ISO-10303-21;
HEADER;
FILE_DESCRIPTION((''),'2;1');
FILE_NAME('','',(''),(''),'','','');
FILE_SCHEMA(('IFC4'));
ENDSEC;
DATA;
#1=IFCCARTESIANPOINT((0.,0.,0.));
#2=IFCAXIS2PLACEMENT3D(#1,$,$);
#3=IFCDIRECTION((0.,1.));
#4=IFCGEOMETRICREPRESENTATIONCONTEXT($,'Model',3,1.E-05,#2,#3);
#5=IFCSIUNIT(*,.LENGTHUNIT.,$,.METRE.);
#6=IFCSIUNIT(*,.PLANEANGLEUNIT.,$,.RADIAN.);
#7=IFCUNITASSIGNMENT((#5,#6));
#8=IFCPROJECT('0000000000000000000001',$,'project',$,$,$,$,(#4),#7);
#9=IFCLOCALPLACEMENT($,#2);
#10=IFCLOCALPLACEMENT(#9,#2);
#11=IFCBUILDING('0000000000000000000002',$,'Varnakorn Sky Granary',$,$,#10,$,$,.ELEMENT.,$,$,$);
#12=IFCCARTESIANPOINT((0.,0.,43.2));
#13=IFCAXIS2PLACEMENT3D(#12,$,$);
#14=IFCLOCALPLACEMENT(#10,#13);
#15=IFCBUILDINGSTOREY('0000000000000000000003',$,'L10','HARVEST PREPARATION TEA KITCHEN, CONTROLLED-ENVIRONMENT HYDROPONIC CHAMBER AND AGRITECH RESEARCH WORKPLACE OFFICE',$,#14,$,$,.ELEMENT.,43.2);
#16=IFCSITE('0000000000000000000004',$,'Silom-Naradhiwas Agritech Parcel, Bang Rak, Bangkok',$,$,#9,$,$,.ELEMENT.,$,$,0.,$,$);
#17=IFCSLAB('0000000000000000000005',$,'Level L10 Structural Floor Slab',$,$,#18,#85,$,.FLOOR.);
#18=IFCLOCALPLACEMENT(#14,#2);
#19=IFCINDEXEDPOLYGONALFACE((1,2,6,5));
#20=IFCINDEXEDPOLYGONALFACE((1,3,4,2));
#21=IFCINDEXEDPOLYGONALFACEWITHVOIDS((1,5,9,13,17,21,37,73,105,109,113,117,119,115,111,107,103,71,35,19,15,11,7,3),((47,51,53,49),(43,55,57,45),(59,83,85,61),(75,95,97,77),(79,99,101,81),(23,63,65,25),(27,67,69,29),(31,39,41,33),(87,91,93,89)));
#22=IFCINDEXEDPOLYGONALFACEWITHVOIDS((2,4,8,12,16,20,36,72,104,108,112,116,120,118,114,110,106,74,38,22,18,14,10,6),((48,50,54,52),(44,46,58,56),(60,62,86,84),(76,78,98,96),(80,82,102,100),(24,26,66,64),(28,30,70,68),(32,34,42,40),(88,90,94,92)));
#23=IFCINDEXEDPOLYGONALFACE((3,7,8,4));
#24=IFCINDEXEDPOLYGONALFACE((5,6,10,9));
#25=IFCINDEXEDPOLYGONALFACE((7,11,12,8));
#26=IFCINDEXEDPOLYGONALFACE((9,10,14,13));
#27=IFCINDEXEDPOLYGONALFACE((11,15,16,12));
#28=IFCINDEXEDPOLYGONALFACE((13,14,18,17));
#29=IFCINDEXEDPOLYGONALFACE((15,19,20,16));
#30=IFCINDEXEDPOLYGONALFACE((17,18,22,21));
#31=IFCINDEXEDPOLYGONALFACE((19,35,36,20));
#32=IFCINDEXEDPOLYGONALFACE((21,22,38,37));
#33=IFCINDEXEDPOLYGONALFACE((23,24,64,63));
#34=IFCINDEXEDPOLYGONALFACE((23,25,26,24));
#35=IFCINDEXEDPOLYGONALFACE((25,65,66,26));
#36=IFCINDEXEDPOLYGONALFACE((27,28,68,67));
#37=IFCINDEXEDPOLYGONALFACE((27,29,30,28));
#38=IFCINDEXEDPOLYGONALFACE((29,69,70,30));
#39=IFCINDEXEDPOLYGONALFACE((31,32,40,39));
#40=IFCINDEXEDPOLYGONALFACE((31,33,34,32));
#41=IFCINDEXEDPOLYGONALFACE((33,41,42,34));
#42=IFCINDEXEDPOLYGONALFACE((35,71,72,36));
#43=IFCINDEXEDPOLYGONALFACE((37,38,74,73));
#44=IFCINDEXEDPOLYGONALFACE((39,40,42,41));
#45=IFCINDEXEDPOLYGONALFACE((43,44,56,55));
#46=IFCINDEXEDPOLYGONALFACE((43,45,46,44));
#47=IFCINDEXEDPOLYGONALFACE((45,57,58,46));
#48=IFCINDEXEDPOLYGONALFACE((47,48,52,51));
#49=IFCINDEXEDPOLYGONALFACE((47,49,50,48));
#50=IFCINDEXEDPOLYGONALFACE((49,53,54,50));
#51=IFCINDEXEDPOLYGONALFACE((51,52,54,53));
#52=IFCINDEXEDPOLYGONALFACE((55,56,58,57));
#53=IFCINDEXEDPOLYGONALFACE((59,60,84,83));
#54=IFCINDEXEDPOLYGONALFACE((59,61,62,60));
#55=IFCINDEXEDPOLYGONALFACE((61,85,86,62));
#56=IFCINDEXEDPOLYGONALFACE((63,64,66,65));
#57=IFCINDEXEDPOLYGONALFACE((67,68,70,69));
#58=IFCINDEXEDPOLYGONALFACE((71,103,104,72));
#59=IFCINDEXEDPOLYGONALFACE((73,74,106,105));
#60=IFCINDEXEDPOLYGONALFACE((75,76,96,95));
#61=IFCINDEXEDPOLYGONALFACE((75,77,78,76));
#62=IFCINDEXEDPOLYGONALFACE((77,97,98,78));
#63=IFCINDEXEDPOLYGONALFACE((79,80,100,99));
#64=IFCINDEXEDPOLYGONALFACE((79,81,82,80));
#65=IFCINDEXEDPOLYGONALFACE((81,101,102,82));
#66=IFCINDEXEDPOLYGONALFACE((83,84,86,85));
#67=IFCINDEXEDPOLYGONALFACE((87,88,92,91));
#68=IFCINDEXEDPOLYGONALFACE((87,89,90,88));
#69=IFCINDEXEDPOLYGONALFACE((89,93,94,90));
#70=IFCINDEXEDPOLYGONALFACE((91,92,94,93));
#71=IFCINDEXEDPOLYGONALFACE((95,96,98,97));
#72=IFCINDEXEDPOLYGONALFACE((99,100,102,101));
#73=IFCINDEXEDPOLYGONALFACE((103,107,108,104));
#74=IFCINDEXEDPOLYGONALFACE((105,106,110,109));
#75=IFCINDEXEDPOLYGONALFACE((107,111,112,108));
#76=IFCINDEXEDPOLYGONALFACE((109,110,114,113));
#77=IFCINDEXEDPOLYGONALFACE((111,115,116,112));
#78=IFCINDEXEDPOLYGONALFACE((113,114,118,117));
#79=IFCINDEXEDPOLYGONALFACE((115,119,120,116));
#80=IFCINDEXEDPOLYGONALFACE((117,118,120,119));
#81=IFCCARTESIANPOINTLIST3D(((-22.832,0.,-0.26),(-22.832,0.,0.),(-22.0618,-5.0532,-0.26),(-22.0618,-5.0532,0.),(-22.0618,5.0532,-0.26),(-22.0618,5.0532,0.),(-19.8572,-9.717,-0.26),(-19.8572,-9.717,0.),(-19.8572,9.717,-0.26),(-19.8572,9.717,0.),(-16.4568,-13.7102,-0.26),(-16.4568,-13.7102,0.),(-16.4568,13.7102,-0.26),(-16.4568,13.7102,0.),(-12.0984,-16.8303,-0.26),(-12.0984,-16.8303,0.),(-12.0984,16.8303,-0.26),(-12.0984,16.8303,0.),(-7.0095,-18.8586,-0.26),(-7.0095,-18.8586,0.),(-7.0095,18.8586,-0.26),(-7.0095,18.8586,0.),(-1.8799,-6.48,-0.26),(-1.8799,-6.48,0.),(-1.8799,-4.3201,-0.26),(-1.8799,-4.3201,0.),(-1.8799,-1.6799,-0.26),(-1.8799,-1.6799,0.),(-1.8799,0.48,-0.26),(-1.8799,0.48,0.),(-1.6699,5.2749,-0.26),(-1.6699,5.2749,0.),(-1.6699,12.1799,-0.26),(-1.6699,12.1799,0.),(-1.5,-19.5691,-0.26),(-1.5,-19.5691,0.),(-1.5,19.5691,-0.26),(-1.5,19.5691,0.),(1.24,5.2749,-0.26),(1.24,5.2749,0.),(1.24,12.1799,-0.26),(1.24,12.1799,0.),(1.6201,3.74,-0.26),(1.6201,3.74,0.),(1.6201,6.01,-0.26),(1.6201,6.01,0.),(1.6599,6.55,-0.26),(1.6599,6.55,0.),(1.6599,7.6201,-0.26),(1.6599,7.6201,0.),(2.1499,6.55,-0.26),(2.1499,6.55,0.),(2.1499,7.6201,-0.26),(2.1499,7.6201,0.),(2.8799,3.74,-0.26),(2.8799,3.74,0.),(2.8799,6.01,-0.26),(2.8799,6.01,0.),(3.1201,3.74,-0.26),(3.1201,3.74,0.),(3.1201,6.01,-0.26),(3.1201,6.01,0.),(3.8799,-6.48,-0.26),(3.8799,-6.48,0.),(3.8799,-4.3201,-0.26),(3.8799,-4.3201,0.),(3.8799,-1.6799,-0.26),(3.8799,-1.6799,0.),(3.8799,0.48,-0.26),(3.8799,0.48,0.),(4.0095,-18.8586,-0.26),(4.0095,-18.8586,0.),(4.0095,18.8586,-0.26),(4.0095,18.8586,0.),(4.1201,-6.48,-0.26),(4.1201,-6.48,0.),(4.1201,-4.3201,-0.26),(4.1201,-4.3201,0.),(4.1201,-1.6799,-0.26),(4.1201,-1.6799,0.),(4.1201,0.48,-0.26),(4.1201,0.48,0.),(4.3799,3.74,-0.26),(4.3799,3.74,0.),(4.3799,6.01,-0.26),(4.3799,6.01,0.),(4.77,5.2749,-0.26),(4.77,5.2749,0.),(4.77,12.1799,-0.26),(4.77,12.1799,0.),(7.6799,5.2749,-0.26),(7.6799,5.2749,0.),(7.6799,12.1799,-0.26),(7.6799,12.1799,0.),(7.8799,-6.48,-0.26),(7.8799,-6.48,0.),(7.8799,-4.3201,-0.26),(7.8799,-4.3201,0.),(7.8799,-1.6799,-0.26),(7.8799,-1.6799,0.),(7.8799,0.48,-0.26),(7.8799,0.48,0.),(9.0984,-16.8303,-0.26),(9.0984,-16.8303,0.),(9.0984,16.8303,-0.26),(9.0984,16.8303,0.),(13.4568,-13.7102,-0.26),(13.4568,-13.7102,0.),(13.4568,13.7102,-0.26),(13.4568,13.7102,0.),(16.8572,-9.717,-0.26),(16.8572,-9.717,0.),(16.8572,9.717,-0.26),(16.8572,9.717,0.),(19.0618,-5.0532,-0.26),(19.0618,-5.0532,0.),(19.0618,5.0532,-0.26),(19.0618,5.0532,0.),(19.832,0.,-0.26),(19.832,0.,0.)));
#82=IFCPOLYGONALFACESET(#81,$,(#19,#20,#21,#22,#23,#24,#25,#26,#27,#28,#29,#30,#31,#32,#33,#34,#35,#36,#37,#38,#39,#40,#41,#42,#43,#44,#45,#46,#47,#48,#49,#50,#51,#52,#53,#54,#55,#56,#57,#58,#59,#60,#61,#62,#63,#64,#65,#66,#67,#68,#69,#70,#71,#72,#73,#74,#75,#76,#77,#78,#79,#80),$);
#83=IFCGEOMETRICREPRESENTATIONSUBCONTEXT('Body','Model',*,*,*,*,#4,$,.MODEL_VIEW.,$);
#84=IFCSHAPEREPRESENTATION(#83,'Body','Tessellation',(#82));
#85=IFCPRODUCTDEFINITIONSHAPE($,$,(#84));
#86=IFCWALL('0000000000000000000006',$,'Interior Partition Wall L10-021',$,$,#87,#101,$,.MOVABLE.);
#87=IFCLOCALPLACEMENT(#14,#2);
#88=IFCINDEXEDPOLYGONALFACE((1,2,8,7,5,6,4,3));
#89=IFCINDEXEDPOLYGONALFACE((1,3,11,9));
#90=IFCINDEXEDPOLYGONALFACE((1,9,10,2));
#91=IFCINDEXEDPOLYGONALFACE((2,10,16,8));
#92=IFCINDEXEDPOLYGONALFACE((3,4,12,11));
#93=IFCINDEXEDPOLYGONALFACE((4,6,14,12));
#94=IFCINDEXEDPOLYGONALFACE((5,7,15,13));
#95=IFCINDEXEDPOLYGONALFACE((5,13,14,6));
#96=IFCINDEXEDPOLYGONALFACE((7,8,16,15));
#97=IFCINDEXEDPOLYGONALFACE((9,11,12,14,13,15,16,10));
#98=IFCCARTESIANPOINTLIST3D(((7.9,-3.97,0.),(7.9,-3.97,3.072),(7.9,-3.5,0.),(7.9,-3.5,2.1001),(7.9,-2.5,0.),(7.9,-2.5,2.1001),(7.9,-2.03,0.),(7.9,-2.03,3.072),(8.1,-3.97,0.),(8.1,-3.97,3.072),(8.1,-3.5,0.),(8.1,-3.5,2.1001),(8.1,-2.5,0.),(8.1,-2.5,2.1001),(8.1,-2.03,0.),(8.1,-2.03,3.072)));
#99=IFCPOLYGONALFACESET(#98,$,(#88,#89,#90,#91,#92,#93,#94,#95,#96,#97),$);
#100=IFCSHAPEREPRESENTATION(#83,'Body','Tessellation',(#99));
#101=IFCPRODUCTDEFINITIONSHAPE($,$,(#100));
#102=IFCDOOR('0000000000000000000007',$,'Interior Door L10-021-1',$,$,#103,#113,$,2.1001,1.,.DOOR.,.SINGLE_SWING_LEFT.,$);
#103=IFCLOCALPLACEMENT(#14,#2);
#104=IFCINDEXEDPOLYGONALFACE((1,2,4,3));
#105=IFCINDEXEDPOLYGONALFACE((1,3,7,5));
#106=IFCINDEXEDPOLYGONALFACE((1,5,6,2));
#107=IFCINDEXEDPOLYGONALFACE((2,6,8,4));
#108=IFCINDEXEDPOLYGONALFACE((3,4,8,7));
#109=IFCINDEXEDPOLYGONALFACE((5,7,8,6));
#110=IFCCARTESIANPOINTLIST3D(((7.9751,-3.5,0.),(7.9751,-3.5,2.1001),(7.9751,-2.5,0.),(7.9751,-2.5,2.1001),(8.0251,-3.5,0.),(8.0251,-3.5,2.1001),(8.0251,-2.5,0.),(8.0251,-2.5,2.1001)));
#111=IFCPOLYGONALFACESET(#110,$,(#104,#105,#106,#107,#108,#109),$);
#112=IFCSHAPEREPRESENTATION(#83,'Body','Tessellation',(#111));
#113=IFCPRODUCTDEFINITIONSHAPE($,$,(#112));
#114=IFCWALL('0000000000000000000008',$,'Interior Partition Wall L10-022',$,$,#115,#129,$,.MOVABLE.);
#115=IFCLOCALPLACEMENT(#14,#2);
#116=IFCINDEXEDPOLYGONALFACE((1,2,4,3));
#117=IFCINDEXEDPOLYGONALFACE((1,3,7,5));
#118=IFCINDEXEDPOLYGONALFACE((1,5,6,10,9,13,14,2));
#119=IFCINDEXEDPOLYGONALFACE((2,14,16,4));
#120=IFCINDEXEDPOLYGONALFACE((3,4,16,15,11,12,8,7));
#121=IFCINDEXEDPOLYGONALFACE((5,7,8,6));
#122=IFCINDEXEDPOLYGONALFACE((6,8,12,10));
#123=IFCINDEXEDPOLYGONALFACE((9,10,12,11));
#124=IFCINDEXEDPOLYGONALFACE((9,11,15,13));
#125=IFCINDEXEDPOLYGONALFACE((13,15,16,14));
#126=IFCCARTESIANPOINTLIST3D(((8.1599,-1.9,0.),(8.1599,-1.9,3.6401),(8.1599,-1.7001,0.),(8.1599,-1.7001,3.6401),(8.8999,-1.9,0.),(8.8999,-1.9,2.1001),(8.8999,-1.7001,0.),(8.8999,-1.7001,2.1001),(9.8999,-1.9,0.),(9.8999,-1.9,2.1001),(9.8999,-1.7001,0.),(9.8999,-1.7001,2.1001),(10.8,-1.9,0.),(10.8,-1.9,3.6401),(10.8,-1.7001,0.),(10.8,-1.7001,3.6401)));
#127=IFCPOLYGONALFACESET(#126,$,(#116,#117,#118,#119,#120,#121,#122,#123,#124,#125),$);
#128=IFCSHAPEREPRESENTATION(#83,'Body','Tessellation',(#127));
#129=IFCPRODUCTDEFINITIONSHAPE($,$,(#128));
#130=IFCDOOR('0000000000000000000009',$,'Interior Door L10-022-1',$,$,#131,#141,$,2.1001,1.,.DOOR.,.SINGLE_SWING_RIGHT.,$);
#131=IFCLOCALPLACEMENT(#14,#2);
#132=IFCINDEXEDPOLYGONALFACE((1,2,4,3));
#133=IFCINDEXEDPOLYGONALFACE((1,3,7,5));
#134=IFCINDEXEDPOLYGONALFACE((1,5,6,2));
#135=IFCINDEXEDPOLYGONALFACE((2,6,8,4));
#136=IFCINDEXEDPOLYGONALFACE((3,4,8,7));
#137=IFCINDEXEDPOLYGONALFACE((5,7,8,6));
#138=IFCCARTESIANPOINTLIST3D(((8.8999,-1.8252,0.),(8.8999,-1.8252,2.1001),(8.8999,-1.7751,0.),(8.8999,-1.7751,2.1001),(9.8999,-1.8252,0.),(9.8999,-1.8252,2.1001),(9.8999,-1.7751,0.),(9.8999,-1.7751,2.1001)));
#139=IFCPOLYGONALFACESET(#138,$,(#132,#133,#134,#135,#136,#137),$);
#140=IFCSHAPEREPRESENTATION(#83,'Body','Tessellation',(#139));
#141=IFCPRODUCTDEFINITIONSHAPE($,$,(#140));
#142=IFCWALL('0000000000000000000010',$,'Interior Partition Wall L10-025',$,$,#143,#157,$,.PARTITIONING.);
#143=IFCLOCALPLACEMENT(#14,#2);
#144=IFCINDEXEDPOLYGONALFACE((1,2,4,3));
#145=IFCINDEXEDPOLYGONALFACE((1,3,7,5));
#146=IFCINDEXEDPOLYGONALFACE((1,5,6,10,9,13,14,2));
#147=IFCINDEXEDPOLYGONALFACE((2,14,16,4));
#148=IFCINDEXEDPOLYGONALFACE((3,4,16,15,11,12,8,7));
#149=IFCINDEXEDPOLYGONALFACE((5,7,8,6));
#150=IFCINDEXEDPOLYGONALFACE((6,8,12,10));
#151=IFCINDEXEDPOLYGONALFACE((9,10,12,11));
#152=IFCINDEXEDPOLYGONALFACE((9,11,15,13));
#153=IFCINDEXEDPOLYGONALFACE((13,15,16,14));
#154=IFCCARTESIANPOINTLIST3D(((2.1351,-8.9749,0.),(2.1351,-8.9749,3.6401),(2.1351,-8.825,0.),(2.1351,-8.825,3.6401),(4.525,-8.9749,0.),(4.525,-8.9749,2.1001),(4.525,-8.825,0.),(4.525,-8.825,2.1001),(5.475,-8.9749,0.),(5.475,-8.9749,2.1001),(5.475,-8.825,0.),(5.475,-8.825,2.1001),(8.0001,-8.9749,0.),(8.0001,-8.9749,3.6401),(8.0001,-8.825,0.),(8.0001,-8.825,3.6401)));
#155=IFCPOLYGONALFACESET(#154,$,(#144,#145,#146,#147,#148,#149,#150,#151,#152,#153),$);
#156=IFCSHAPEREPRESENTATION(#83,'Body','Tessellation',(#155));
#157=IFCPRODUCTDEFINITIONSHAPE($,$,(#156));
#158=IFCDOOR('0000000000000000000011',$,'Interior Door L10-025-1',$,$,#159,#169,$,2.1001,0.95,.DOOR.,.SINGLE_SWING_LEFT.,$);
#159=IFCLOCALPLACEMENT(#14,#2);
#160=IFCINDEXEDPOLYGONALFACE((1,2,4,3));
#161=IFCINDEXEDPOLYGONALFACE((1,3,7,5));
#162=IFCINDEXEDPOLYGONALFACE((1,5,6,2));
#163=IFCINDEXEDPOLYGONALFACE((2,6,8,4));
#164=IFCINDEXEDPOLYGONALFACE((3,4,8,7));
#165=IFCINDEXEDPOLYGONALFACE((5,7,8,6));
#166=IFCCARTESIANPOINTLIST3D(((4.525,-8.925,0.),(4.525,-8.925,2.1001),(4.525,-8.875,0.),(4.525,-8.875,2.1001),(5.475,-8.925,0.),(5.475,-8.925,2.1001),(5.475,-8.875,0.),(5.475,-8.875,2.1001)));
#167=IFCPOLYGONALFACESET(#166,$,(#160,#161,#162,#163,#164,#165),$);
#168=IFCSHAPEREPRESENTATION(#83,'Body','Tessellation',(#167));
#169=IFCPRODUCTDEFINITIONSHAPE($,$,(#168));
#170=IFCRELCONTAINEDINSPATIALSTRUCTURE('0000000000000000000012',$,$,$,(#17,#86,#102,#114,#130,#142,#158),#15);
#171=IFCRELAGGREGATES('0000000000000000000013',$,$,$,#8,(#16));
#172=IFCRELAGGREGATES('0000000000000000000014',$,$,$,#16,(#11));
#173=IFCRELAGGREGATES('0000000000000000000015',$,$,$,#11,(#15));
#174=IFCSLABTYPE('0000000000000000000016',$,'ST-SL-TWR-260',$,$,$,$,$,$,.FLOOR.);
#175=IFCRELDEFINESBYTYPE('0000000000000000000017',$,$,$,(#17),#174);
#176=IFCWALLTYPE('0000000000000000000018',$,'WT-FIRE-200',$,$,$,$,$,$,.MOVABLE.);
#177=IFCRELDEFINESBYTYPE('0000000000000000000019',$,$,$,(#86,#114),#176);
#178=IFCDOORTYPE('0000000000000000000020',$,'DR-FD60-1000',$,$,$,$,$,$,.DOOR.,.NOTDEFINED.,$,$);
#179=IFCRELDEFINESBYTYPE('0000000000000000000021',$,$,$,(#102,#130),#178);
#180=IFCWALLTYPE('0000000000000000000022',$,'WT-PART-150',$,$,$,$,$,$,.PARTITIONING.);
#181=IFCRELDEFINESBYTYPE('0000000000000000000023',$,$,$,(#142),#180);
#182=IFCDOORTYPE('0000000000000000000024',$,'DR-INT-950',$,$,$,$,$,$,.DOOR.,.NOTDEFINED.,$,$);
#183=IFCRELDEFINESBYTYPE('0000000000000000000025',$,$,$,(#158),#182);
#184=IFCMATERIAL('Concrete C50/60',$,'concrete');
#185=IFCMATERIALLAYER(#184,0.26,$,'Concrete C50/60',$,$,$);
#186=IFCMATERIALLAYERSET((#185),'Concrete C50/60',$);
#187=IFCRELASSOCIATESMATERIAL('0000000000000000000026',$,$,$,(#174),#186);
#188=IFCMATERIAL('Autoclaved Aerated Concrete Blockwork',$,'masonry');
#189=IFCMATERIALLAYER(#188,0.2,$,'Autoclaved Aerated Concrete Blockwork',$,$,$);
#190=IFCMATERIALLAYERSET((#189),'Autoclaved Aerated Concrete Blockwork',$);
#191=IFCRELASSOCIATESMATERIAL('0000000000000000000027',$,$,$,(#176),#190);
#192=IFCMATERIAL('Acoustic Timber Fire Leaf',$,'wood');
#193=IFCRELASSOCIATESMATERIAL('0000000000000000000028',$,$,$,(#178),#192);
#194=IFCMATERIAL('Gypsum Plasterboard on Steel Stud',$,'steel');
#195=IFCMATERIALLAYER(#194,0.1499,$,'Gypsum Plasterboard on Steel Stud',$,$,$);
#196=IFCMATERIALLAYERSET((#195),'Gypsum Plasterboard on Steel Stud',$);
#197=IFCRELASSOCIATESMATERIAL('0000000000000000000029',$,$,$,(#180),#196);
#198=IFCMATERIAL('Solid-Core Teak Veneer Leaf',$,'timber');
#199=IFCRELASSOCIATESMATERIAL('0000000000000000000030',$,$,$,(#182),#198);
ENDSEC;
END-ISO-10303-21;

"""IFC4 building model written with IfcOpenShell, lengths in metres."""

from ifc_helpers import new_model, si_unit, direction, frame, frame_2d, origin, place, context, subcontext, project, spatial, polyline, rectangle, outline, extrude, material, layer, layer_set, type_object, element, fill, save


model = new_model("IFC4")

# Units and contexts
model_context = context("Model", 3, precision=1e-05, world=origin(), true_north=direction((0.0, 1.0)))
body_context = subcontext(model_context, "Body", "Model", "MODEL_VIEW")
ifc_project = project(units=[si_unit("LENGTHUNIT", "METRE"), si_unit("PLANEANGLEUNIT", "RADIAN")], contexts=[model_context])

# Site, building, storey
site_placement = place(None, origin())
site = spatial("IfcSite", under=ifc_project, at=site_placement, Name="Silom-Naradhiwas Agritech Parcel, Bang Rak, Bangkok", CompositionType="ELEMENT", RefElevation=0.0)
building_placement = place(site_placement, origin())
building = spatial("IfcBuilding", under=site, at=building_placement, Name="Varnakorn Sky Granary", CompositionType="ELEMENT")
storey_placement = place(building_placement, frame((0.0, 0.0, 43.2)))
storey = spatial("IfcBuildingStorey", under=building, at=storey_placement, Name="L10", Description="HARVEST PREPARATION TEA KITCHEN, CONTROLLED-ENVIRONMENT HYDROPONIC CHAMBER AND AGRITECH RESEARCH WORKPLACE OFFICE", CompositionType="ELEMENT", Elevation=43.2)

# Slab
ifc_material_1 = material(Name="Concrete C50/60", Category="concrete")
ifc_layer_1 = layer(ifc_material_1, 0.26, Name="Concrete C50/60")
ifc_layer_set_1 = layer_set([ifc_layer_1], Name="Concrete C50/60")
slab_type_1 = type_object("IfcSlabType", Name="ST-SL-TWR-260", PredefinedType="FLOOR", material=ifc_layer_set_1)
slab_1_placement = place(storey_placement, frame((0.0, 0.0, -0.26)))
element("IfcSlab", 1, at=slab_1_placement, inside=storey, type_object=slab_type_1, Name="Level L10 Structural Floor Slab", PredefinedType="FLOOR", context=body_context, shape_type="SweptSolid", body=[
    extrude(outline(polyline([(19.832, 0.0), (19.0618, 5.0532), (16.8572, 9.717), (13.4568, 13.7102), (9.0984, 16.8303), (4.0095, 18.8586), (-1.5, 19.5691), (-7.0095, 18.8586), (-12.0984, 16.8303), (-16.4568, 13.7102), (-19.8572, 9.717), (-22.0618, 5.0532), (-22.832, 0.0), (-22.0618, -5.0532), (-19.8572, -9.717), (-16.4568, -13.7102), (-12.0984, -16.8303), (-7.0095, -18.8586), (-1.5, -19.5691), (4.0095, -18.8586), (9.0984, -16.8303), (13.4568, -13.7102), (16.8572, -9.717), (19.0618, -5.0532), (19.832, 0.0)]), holes=[polyline([(1.24, 5.2749), (1.24, 12.1799), (-1.6699, 12.1799), (-1.6699, 5.2749), (1.24, 5.2749)]), polyline([(7.6799, 5.2749), (7.6799, 12.1799), (4.77, 12.1799), (4.77, 5.2749), (7.6799, 5.2749)]), polyline([(1.6599, 6.55), (2.1499, 6.55), (2.1499, 7.6201), (1.6599, 7.6201), (1.6599, 6.55)]), polyline([(1.6201, 3.74), (2.8799, 3.74), (2.8799, 6.01), (1.6201, 6.01), (1.6201, 3.74)]), polyline([(3.1201, 3.74), (4.3799, 3.74), (4.3799, 6.01), (3.1201, 6.01), (3.1201, 3.74)]), polyline([(-1.8799, -1.6799), (3.8799, -1.6799), (3.8799, 0.48), (-1.8799, 0.48), (-1.8799, -1.6799)]), polyline([(4.1201, -1.6799), (7.8799, -1.6799), (7.8799, 0.48), (4.1201, 0.48), (4.1201, -1.6799)]), polyline([(-1.8799, -6.48), (3.8799, -6.48), (3.8799, -4.3201), (-1.8799, -4.3201), (-1.8799, -6.48)]), polyline([(4.1201, -6.48), (7.8799, -6.48), (7.8799, -4.3201), (4.1201, -4.3201), (4.1201, -6.48)])]), origin(), (0.0, 0.0, 1.0), 0.26),
])

# Walls, openings, doors
ifc_material_2 = material(Name="Autoclaved Aerated Concrete Blockwork", Category="masonry")
ifc_layer_2 = layer(ifc_material_2, 0.2, Name="Autoclaved Aerated Concrete Blockwork")
ifc_layer_set_2 = layer_set([ifc_layer_2], Name="Autoclaved Aerated Concrete Blockwork")
wall_type_1 = type_object("IfcWallType", Name="WT-FIRE-200", PredefinedType="MOVABLE", material=ifc_layer_set_2)
wall_1_placement = place(storey_placement, frame((8.0, -3.97, 0.0), z_axis=(0.0, 0.0, 1.0), x_axis=(0.0, 1.0, 0.0)))
wall_1 = element("IfcWall", 2, at=wall_1_placement, inside=storey, type_object=wall_type_1, Name="Interior Partition Wall L10-021", PredefinedType="MOVABLE", context=body_context, shape_type="SweptSolid", body=[
    extrude(rectangle(XDim=1.9399, YDim=0.2, at=frame_2d((0.97, 0.0))), origin(), (0.0, 0.0, 1.0), 3.072),
])
opening_1_placement = place(wall_1_placement, frame((0.47, 0.0, 0.0)))
opening_1 = element("IfcOpeningElement", 3, at=opening_1_placement, cuts=wall_1, PredefinedType="OPENING", context=body_context, shape_type="SweptSolid", body=[
    extrude(rectangle(XDim=1.0, YDim=2.1001, at=frame_2d((0.5, 1.05))), frame((0.0, 0.1099, 0.0), z_axis=(0.0, -1.0, 0.0), x_axis=(1.0, 0.0, 0.0)), (0.0, 0.0, 1.0), 0.22),
])
ifc_material_3 = material(Name="Acoustic Timber Fire Leaf", Category="wood")
door_type_1 = type_object("IfcDoorType", Name="DR-FD60-1000", OperationType="NOTDEFINED", PredefinedType="DOOR", material=ifc_material_3)
door_1_placement = place(opening_1_placement, origin())
door_1 = element("IfcDoor", 4, at=door_1_placement, inside=storey, type_object=door_type_1, Name="Interior Door L10-021-1", OperationType="SINGLE_SWING_LEFT", OverallHeight=2.1001, OverallWidth=1.0, PredefinedType="DOOR", context=body_context, shape_type="SweptSolid", body=[
    extrude(rectangle(XDim=1.0, YDim=2.1001, at=frame_2d((0.5, 1.05))), frame((0.0, 0.0249, 0.0), z_axis=(0.0, -1.0, 0.0), x_axis=(1.0, 0.0, 0.0)), (0.0, 0.0, 1.0), 0.05),
])
fill(opening_1, door_1)
wall_2_placement = place(storey_placement, frame((8.1599, -1.8, 0.0), z_axis=(0.0, 0.0, 1.0), x_axis=(1.0, 0.0, 0.0)))
wall_2 = element("IfcWall", 5, at=wall_2_placement, inside=storey, type_object=wall_type_1, Name="Interior Partition Wall L10-022", PredefinedType="MOVABLE", context=body_context, shape_type="SweptSolid", body=[
    extrude(rectangle(XDim=2.6401, YDim=0.2, at=frame_2d((1.3201, 0.0))), origin(), (0.0, 0.0, 1.0), 3.6401),
])
opening_2_placement = place(wall_2_placement, frame((0.74, 0.0, 0.0)))
opening_2 = element("IfcOpeningElement", 6, at=opening_2_placement, cuts=wall_2, PredefinedType="OPENING", context=body_context, shape_type="SweptSolid", body=[
    extrude(rectangle(XDim=1.0, YDim=2.1001, at=frame_2d((0.5, 1.05))), frame((0.0, 0.1099, 0.0), z_axis=(0.0, -1.0, 0.0), x_axis=(1.0, 0.0, 0.0)), (0.0, 0.0, 1.0), 0.22),
])
door_2_placement = place(opening_2_placement, origin())
door_2 = element("IfcDoor", 7, at=door_2_placement, inside=storey, type_object=door_type_1, Name="Interior Door L10-022-1", OperationType="SINGLE_SWING_RIGHT", OverallHeight=2.1001, OverallWidth=1.0, PredefinedType="DOOR", context=body_context, shape_type="SweptSolid", body=[
    extrude(rectangle(XDim=1.0, YDim=2.1001, at=frame_2d((0.5, 1.05))), frame((0.0, 0.0249, 0.0), z_axis=(0.0, -1.0, 0.0), x_axis=(1.0, 0.0, 0.0)), (0.0, 0.0, 1.0), 0.05),
])
fill(opening_2, door_2)
ifc_material_4 = material(Name="Gypsum Plasterboard on Steel Stud", Category="steel")
ifc_layer_3 = layer(ifc_material_4, 0.1499, Name="Gypsum Plasterboard on Steel Stud")
ifc_layer_set_3 = layer_set([ifc_layer_3], Name="Gypsum Plasterboard on Steel Stud")
wall_type_2 = type_object("IfcWallType", Name="WT-PART-150", PredefinedType="PARTITIONING", material=ifc_layer_set_3)
wall_3_placement = place(storey_placement, frame((2.135, -8.8999, 0.0), z_axis=(0.0, 0.0, 1.0), x_axis=(1.0, 0.0, 0.0)))
wall_3 = element("IfcWall", 8, at=wall_3_placement, inside=storey, type_object=wall_type_2, Name="Interior Partition Wall L10-025", PredefinedType="PARTITIONING", context=body_context, shape_type="SweptSolid", body=[
    extrude(rectangle(XDim=5.865, YDim=0.1499, at=frame_2d((2.9326, 0.0))), origin(), (0.0, 0.0, 1.0), 3.6401),
])
opening_3_placement = place(wall_3_placement, frame((2.3899, 0.0, 0.0)))
opening_3 = element("IfcOpeningElement", 9, at=opening_3_placement, cuts=wall_3, PredefinedType="OPENING", context=body_context, shape_type="SweptSolid", body=[
    extrude(rectangle(XDim=0.95, YDim=2.1001, at=frame_2d((0.4751, 1.05))), frame((0.0, 0.085, 0.0), z_axis=(0.0, -1.0, 0.0), x_axis=(1.0, 0.0, 0.0)), (0.0, 0.0, 1.0), 0.1699),
])
ifc_material_5 = material(Name="Solid-Core Teak Veneer Leaf", Category="timber")
door_type_2 = type_object("IfcDoorType", Name="DR-INT-950", OperationType="NOTDEFINED", PredefinedType="DOOR", material=ifc_material_5)
door_3_placement = place(opening_3_placement, origin())
door_3 = element("IfcDoor", 10, at=door_3_placement, inside=storey, type_object=door_type_2, Name="Interior Door L10-025-1", OperationType="SINGLE_SWING_LEFT", OverallHeight=2.1001, OverallWidth=0.95, PredefinedType="DOOR", context=body_context, shape_type="SweptSolid", body=[
    extrude(rectangle(XDim=0.95, YDim=2.1001, at=frame_2d((0.4751, 1.05))), frame((0.0, 0.0249, 0.0), z_axis=(0.0, -1.0, 0.0), x_axis=(1.0, 0.0, 0.0)), (0.0, 0.0, 1.0), 0.05),
])
fill(opening_3, door_3)

save(model, "model.ifc")
